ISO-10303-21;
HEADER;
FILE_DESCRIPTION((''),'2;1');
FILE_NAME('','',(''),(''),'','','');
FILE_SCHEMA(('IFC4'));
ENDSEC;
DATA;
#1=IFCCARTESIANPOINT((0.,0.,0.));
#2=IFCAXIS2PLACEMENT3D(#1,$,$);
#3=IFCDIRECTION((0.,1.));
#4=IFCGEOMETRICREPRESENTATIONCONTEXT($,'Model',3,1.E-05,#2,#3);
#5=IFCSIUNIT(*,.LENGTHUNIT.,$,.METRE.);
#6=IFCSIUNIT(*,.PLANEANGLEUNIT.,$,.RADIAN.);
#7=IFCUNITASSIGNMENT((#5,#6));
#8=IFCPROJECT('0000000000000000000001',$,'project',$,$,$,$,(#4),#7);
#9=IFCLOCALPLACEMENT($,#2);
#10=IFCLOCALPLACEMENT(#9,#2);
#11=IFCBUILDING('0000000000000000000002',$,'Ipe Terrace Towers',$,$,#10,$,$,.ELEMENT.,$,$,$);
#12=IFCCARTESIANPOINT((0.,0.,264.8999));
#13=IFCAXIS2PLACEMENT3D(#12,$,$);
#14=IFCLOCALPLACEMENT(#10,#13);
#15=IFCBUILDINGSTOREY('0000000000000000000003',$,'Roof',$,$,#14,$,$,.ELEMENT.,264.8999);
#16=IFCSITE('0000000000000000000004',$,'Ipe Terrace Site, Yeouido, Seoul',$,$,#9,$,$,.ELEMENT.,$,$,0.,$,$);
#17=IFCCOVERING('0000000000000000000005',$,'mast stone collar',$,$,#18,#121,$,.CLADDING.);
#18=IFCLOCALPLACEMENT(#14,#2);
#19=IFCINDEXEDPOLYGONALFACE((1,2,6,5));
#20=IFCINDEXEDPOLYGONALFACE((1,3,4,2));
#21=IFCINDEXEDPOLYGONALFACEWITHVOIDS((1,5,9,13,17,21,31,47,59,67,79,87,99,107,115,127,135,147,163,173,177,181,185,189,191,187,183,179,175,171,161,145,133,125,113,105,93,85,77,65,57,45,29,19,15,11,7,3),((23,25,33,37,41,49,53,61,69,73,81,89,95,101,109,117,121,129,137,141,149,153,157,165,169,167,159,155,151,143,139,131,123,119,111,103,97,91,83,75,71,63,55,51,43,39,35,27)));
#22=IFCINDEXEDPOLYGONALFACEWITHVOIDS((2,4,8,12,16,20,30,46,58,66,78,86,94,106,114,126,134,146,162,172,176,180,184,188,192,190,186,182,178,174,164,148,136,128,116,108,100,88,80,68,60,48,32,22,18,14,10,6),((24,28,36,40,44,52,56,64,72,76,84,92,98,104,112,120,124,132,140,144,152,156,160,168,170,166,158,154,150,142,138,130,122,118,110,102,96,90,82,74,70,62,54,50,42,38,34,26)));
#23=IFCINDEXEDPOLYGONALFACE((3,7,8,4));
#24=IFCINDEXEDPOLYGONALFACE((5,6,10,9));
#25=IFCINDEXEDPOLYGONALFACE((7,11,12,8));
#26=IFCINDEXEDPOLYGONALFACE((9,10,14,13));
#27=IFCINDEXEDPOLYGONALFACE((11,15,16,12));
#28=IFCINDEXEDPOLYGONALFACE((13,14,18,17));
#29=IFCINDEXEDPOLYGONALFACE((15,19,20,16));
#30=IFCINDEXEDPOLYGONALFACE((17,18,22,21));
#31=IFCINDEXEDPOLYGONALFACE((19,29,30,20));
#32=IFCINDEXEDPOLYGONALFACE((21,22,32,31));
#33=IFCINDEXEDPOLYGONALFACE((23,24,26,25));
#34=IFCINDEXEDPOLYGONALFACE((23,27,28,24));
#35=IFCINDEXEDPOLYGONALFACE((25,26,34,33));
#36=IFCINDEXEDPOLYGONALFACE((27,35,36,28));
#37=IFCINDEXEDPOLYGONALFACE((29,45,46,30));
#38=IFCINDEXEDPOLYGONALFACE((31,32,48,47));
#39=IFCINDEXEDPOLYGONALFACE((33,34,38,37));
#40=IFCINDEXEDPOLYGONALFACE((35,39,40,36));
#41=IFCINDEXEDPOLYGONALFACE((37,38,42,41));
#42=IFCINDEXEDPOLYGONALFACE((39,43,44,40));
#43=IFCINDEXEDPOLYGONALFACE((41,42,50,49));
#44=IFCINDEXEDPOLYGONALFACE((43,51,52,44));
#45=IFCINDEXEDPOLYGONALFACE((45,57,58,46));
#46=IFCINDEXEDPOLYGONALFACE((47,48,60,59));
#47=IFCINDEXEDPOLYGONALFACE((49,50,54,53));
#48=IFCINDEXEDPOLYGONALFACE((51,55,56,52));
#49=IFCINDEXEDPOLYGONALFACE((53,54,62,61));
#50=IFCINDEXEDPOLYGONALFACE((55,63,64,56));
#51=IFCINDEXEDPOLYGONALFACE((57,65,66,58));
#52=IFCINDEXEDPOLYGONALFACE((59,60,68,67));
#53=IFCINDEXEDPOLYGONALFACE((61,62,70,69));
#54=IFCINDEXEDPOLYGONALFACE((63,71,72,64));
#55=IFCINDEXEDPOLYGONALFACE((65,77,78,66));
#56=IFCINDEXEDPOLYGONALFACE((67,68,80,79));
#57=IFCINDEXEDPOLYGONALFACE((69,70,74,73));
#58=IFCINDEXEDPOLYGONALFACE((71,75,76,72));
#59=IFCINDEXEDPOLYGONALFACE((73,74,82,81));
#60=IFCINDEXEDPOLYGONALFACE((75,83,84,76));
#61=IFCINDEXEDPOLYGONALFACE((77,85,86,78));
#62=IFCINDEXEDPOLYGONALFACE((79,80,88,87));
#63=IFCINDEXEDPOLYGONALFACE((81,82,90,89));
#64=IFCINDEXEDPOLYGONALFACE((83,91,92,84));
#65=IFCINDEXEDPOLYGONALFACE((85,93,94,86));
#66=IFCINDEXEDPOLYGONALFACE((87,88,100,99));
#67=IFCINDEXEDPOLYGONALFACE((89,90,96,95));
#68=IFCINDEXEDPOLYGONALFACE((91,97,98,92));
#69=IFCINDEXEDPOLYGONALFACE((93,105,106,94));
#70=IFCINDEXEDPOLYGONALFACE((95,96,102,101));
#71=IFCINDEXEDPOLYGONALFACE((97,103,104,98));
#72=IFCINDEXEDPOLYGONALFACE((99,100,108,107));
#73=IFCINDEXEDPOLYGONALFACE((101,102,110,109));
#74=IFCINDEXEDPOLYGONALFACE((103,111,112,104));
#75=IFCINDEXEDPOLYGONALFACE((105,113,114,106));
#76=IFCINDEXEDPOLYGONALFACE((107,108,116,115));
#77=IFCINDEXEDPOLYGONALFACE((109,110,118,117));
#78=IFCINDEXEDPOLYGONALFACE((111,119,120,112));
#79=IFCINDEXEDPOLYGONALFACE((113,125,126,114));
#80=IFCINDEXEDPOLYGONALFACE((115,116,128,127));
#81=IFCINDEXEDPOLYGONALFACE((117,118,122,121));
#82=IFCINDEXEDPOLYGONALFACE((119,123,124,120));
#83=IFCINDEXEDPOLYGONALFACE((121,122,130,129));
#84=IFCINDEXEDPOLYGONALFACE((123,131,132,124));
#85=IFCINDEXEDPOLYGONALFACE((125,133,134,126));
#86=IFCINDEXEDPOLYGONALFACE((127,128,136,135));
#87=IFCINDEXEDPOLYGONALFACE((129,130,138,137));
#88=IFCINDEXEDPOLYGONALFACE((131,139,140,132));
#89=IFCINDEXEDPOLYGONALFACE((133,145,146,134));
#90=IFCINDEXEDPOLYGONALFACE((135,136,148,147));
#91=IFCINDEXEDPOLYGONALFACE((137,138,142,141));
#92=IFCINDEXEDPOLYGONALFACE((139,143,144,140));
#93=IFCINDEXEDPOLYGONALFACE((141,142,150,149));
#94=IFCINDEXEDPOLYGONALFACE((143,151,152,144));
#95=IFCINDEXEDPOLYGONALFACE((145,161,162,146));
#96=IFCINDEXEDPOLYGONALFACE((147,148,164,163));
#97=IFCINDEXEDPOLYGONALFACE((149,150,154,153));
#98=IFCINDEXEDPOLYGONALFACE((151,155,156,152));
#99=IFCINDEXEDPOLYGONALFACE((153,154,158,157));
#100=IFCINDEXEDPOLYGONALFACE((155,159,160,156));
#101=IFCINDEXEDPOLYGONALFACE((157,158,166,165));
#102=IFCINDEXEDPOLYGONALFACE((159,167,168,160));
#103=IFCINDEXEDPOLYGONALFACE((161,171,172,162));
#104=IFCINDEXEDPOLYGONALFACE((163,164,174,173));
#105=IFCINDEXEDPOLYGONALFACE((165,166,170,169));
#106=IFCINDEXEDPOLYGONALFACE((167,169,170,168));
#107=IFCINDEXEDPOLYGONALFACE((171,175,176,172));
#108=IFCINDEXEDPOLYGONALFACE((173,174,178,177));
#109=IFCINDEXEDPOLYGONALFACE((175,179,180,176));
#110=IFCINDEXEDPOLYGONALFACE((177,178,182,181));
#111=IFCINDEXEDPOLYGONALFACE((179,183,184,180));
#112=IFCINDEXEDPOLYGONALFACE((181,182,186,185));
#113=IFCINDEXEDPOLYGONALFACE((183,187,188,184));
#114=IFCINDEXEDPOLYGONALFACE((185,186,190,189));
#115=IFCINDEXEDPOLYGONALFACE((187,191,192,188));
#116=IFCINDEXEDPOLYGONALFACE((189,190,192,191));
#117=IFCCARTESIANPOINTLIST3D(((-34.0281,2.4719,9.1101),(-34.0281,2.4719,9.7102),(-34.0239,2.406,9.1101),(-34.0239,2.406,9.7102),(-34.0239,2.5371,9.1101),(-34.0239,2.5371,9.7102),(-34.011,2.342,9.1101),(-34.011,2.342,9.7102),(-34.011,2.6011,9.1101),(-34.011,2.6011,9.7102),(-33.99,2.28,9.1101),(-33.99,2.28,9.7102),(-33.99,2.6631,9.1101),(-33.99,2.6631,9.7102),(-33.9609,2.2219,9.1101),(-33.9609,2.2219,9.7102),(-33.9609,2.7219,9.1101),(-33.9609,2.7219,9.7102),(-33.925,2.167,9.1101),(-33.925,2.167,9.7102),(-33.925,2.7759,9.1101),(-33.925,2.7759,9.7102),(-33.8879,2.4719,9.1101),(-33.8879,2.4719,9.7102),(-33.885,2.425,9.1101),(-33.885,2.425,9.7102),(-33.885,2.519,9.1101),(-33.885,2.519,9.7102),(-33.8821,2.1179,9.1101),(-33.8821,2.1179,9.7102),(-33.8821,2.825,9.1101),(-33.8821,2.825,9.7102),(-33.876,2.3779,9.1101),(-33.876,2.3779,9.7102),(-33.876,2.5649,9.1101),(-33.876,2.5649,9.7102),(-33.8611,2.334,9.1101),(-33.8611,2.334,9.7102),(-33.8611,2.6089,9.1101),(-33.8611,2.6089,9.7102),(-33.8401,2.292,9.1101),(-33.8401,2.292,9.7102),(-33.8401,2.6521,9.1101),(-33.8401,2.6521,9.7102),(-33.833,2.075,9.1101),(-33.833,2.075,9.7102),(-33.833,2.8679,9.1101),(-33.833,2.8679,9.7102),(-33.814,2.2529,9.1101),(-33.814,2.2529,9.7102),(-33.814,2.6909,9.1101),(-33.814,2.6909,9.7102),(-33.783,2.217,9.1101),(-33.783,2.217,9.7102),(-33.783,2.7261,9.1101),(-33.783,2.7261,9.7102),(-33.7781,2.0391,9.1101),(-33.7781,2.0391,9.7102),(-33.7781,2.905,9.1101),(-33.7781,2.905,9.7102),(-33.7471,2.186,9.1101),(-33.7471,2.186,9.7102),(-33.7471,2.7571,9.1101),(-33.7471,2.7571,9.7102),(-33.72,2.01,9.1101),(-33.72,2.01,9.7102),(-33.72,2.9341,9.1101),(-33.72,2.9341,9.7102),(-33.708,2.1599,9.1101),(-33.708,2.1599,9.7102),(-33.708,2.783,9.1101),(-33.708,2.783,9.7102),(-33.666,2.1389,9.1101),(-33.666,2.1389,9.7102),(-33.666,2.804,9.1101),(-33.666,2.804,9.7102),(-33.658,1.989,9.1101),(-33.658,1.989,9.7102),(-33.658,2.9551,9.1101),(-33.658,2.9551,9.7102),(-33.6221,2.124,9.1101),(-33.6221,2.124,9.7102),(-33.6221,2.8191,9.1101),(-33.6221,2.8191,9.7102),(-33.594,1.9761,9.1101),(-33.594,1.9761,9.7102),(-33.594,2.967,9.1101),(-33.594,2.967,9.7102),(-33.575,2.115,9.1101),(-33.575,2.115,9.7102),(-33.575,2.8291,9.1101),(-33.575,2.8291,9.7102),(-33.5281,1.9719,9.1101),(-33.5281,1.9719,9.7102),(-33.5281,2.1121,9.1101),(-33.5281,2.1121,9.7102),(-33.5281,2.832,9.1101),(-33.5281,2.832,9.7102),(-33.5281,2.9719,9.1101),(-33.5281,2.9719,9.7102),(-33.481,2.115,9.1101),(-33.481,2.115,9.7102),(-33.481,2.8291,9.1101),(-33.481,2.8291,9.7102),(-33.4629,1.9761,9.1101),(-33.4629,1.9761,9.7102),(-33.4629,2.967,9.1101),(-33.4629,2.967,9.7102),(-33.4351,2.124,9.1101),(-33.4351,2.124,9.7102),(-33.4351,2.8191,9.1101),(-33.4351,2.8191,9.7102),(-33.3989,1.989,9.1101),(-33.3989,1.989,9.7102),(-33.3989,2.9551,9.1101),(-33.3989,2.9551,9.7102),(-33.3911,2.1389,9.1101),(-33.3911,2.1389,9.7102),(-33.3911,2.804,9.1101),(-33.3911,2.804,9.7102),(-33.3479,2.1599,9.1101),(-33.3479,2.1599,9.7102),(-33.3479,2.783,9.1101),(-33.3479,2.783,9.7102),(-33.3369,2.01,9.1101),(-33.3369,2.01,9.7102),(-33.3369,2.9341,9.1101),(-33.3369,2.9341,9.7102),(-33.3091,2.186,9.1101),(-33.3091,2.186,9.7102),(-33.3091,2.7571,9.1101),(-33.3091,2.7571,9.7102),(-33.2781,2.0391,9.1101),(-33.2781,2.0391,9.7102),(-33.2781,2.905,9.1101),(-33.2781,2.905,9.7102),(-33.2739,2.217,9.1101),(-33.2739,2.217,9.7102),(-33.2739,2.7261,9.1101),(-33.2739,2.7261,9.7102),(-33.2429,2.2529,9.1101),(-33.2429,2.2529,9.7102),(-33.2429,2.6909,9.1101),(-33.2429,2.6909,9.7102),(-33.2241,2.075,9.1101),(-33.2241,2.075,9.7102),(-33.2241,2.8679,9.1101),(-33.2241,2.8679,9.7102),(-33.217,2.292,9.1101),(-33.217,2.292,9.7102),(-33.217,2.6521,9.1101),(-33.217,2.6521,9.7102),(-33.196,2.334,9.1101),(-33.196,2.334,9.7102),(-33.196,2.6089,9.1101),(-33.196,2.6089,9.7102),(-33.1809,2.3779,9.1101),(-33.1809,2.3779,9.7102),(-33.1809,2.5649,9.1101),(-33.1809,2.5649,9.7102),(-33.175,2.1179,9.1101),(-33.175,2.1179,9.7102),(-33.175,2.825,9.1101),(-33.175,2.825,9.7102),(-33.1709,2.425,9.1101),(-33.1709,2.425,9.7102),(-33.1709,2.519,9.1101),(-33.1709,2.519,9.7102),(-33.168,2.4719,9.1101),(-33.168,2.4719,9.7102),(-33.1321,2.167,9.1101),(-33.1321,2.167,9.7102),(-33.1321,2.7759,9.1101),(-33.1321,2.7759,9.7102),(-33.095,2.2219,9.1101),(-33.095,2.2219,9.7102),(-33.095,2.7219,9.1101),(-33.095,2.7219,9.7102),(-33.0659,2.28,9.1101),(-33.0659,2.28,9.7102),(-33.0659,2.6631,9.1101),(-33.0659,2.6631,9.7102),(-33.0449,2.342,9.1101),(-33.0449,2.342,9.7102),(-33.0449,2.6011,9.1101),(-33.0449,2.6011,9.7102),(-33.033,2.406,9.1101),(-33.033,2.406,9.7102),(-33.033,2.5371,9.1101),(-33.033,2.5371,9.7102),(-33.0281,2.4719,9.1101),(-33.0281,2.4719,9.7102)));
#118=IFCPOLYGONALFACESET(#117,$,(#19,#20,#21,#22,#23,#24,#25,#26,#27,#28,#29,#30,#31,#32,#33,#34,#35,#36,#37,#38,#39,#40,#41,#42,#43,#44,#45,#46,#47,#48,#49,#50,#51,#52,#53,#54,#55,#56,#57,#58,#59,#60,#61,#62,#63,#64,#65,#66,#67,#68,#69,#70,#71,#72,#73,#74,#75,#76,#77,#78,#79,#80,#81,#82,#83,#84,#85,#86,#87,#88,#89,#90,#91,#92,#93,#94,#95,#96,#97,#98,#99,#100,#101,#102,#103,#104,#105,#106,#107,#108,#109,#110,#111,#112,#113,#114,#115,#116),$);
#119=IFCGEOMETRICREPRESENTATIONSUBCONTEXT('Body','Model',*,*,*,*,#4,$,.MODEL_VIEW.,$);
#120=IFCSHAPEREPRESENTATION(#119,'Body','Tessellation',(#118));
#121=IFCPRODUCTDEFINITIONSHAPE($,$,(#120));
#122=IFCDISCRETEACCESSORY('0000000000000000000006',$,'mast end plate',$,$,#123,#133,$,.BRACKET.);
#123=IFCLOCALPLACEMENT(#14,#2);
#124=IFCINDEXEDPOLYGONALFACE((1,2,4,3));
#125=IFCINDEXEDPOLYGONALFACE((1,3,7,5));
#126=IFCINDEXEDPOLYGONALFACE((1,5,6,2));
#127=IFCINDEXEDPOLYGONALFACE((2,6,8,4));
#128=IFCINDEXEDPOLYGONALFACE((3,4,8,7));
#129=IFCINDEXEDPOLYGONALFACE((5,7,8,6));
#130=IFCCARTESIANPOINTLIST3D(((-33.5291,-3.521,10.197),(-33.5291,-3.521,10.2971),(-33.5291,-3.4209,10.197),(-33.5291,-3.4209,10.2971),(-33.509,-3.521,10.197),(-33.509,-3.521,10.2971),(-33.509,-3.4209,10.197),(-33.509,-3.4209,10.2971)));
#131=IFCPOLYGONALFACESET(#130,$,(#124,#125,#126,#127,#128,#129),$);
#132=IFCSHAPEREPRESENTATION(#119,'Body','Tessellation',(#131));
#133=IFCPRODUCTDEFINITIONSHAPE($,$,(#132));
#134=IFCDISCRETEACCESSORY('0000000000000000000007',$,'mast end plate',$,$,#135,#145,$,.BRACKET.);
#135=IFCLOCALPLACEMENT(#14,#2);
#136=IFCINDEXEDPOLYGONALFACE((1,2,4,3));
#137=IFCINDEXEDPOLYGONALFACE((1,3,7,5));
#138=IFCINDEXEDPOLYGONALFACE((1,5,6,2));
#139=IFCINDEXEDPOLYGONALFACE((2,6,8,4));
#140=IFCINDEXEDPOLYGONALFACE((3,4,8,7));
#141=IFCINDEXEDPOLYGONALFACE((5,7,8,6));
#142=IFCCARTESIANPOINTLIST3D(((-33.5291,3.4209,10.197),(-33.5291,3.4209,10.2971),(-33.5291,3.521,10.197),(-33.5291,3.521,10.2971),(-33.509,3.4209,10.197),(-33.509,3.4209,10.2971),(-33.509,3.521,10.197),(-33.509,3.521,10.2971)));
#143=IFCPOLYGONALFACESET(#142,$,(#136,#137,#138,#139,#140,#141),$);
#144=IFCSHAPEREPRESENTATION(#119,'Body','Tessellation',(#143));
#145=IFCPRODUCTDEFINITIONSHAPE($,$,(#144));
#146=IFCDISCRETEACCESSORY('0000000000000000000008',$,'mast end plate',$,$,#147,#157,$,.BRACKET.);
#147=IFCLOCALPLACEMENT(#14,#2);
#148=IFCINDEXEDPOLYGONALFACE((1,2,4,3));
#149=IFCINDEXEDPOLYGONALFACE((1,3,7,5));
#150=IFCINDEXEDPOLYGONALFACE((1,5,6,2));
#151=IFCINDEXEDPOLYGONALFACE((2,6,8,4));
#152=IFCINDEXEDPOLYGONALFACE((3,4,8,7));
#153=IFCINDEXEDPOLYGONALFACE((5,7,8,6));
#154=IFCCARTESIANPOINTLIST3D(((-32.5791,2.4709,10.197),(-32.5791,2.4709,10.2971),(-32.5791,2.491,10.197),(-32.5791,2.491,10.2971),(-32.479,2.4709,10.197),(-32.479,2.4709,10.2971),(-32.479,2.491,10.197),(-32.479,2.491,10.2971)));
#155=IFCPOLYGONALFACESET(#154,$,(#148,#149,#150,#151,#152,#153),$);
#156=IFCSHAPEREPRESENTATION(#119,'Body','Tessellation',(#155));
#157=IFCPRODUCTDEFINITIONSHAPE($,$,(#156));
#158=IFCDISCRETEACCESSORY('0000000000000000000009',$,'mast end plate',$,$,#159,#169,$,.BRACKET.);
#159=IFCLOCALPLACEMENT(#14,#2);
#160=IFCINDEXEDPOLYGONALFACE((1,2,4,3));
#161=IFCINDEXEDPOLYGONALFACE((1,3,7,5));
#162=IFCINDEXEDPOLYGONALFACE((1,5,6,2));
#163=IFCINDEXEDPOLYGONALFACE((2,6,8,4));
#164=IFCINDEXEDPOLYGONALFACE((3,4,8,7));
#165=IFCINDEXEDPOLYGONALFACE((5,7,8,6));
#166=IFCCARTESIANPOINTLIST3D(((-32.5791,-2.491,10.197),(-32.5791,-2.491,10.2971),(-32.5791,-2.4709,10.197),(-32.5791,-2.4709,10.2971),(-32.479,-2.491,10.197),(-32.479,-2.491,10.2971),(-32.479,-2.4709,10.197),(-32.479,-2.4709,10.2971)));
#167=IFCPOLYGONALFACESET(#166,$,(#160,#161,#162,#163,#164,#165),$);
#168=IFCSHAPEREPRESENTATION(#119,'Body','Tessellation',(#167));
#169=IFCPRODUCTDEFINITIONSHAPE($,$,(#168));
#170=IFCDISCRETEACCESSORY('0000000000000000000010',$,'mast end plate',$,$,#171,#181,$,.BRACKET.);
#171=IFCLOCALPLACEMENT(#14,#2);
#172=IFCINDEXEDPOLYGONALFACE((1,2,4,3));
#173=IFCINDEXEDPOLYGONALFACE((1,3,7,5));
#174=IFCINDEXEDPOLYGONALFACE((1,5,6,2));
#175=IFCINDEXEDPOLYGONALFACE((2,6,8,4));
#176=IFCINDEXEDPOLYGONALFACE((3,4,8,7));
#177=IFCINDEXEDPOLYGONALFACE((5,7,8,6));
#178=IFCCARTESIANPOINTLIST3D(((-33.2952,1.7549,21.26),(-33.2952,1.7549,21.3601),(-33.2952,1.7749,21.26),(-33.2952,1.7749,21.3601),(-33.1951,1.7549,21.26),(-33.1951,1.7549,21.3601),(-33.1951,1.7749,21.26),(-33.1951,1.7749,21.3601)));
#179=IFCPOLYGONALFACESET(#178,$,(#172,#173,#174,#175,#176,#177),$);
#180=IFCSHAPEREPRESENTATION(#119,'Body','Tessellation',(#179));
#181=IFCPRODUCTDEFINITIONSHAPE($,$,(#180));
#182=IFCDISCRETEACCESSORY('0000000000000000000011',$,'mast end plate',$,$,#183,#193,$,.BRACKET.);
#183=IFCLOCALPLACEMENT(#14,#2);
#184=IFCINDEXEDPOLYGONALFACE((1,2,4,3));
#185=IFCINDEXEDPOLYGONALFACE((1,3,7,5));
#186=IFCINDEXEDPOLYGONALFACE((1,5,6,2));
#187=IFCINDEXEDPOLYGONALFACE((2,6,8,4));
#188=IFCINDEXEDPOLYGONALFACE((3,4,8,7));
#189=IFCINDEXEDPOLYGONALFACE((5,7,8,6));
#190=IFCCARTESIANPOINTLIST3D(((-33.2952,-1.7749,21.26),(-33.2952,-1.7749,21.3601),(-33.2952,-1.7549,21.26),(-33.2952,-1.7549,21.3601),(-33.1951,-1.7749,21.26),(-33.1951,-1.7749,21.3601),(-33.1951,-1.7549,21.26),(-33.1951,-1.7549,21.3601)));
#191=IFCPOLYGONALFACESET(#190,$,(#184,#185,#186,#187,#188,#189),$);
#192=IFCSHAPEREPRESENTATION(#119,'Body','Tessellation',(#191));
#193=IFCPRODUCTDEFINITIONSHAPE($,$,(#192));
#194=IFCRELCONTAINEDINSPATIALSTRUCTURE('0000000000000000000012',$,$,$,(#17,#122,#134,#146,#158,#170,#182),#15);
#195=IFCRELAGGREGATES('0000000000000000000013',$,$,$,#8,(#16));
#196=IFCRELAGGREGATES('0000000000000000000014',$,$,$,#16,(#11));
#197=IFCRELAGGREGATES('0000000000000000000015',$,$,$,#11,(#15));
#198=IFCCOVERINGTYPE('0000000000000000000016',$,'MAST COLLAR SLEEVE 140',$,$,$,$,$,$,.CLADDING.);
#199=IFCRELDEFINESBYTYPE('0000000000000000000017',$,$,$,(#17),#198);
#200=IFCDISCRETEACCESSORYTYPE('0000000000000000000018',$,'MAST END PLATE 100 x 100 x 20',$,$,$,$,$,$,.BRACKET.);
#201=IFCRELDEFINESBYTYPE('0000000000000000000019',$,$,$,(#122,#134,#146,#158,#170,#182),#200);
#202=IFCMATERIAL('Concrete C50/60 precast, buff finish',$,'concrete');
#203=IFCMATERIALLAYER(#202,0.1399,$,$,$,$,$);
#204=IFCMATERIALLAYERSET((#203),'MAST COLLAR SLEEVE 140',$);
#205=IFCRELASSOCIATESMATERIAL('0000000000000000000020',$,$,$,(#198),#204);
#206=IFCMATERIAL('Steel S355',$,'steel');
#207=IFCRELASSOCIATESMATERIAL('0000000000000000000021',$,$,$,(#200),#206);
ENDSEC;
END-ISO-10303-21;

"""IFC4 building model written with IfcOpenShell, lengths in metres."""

from ifc_helpers import new_model, si_unit, direction, frame, origin, origin_2d, place, context, subcontext, project, spatial, polyline, rectangle, outline, extrude, material, layer, layer_set, material_profile, profile_set, type_object, element, save


model = new_model("IFC4")

# Units and contexts
model_context = context("Model", 3, precision=1e-05, world=origin(), true_north=direction((0.0, 1.0)))
body_context = subcontext(model_context, "Body", "Model", "MODEL_VIEW")
ifc_project = project(units=[si_unit("LENGTHUNIT", "METRE"), si_unit("PLANEANGLEUNIT", "RADIAN")], contexts=[model_context])

# Site, building, storey
site_placement = place(None, origin())
site = spatial("IfcSite", under=ifc_project, at=site_placement, Name="Ipe Terrace Site, Yeouido, Seoul", CompositionType="ELEMENT", RefElevation=0.0)
building_placement = place(site_placement, origin())
building = spatial("IfcBuilding", under=site, at=building_placement, Name="Ipe Terrace Towers", CompositionType="ELEMENT")
storey_placement = place(building_placement, frame((0.0, 0.0, 264.8999)))
storey = spatial("IfcBuildingStorey", under=building, at=storey_placement, Name="Roof", CompositionType="ELEMENT", Elevation=264.8999)

# Covering
ifc_material_1 = material(Name="Concrete C50/60 precast, buff finish", Category="concrete")
ifc_layer_1 = layer(ifc_material_1, 0.1399)
ifc_layer_set_1 = layer_set([ifc_layer_1], Name="MAST COLLAR SLEEVE 140")
covering_type = type_object("IfcCoveringType", Name="MAST COLLAR SLEEVE 140", PredefinedType="CLADDING", material=ifc_layer_set_1)
covering_1_placement = place(storey_placement, frame((0.0, 0.0, 9.1101)))
element("IfcCovering", 1, at=covering_1_placement, inside=storey, type_object=covering_type, Name="mast stone collar", PredefinedType="CLADDING", context=body_context, shape_type="SweptSolid", body=[
    extrude(outline(polyline([(-33.033, 2.406), (-33.0449, 2.342), (-33.0659, 2.28), (-33.095, 2.2219), (-33.1321, 2.167), (-33.175, 2.1179), (-33.2241, 2.075), (-33.2781, 2.0391), (-33.3369, 2.01), (-33.3989, 1.989), (-33.4629, 1.9761), (-33.5281, 1.9719), (-33.594, 1.9761), (-33.658, 1.989), (-33.72, 2.01), (-33.7781, 2.0391), (-33.833, 2.075), (-33.8821, 2.1179), (-33.925, 2.167), (-33.9609, 2.2219), (-33.99, 2.28), (-34.011, 2.342), (-34.0239, 2.406), (-34.0281, 2.4719), (-34.0239, 2.5371), (-34.011, 2.6011), (-33.99, 2.6631), (-33.9609, 2.7219), (-33.925, 2.7759), (-33.8821, 2.825), (-33.833, 2.8679), (-33.7781, 2.905), (-33.72, 2.9341), (-33.658, 2.9551), (-33.594, 2.967), (-33.5281, 2.9719), (-33.4629, 2.967), (-33.3989, 2.9551), (-33.3369, 2.9341), (-33.2781, 2.905), (-33.2241, 2.8679), (-33.175, 2.825), (-33.1321, 2.7759), (-33.095, 2.7219), (-33.0659, 2.6631), (-33.0449, 2.6011), (-33.033, 2.5371), (-33.0281, 2.4719), (-33.033, 2.406)]), holes=[polyline([(-33.1709, 2.519), (-33.1809, 2.5649), (-33.196, 2.6089), (-33.217, 2.6521), (-33.2429, 2.6909), (-33.2739, 2.7261), (-33.3091, 2.7571), (-33.3479, 2.783), (-33.3911, 2.804), (-33.4351, 2.8191), (-33.481, 2.8291), (-33.5281, 2.832), (-33.575, 2.8291), (-33.6221, 2.8191), (-33.666, 2.804), (-33.708, 2.783), (-33.7471, 2.7571), (-33.783, 2.7261), (-33.814, 2.6909), (-33.8401, 2.6521), (-33.8611, 2.6089), (-33.876, 2.5649), (-33.885, 2.519), (-33.8879, 2.4719), (-33.885, 2.425), (-33.876, 2.3779), (-33.8611, 2.334), (-33.8401, 2.292), (-33.814, 2.2529), (-33.783, 2.217), (-33.7471, 2.186), (-33.708, 2.1599), (-33.666, 2.1389), (-33.6221, 2.124), (-33.575, 2.115), (-33.5281, 2.1121), (-33.481, 2.115), (-33.4351, 2.124), (-33.3911, 2.1389), (-33.3479, 2.1599), (-33.3091, 2.186), (-33.2739, 2.217), (-33.2429, 2.2529), (-33.217, 2.292), (-33.196, 2.334), (-33.1809, 2.3779), (-33.1709, 2.425), (-33.168, 2.4719), (-33.1709, 2.519)])]), origin(), (0.0, 0.0, 1.0), 0.6001),
])

# Discrete accessories
ifc_material_2 = material(Name="Steel S355", Category="steel")
ifc_material_profile_1 = material_profile(ifc_material_2, rectangle(XDim=0.1001, YDim=0.1001, at=origin_2d()), Name="MAST END PLATE 100 x 100 x 20")
ifc_profile_set_1 = profile_set([ifc_material_profile_1], Name="Steel S355")
discrete_accessory_type_1 = type_object("IfcDiscreteAccessoryType", Name="MAST END PLATE 100 x 100 x 20", PredefinedType="BRACKET", material=ifc_profile_set_1)
for number, where, z_axis, x_axis, name in (
    (2, (-33.5291, -3.4709, 10.2471), (1.0, 0.0, 0.0), (0.0, 1.0, 0.0), "mast end plate"),
    (3, (-33.5291, 3.4709, 10.2471), (1.0, 0.0, 0.0), (0.0, 1.0, 0.0), "mast end plate"),
    (4, (-32.5291, 2.4709, 10.2471), (0.0, 1.0, 0.0), (-1.0, 0.0, 0.0), "mast end plate"),
    (5, (-32.5291, -2.4709, 10.2471), (0.0, -1.0, 0.0), (1.0, 0.0, 0.0), "mast end plate"),
    (6, (-33.2451, 1.7549, 21.3101), (0.0, 1.0, 0.0), (-1.0, 0.0, 0.0), "mast end plate"),
    (7, (-33.2451, -1.7549, 21.3101), (0.0, -1.0, 0.0), (1.0, 0.0, 0.0), "mast end plate"),
):
    element("IfcDiscreteAccessory", number, at=place(storey_placement, frame(where, z_axis=z_axis, x_axis=x_axis)), inside=storey, type_object=discrete_accessory_type_1, Name=name, PredefinedType="BRACKET", context=body_context, shape_type="SweptSolid", body=[
        extrude(rectangle(XDim=0.1001, YDim=0.1001, at=origin_2d()), origin(), (0.0, 0.0, 1.0), 0.02),
    ])

save(model, "model.ifc")
